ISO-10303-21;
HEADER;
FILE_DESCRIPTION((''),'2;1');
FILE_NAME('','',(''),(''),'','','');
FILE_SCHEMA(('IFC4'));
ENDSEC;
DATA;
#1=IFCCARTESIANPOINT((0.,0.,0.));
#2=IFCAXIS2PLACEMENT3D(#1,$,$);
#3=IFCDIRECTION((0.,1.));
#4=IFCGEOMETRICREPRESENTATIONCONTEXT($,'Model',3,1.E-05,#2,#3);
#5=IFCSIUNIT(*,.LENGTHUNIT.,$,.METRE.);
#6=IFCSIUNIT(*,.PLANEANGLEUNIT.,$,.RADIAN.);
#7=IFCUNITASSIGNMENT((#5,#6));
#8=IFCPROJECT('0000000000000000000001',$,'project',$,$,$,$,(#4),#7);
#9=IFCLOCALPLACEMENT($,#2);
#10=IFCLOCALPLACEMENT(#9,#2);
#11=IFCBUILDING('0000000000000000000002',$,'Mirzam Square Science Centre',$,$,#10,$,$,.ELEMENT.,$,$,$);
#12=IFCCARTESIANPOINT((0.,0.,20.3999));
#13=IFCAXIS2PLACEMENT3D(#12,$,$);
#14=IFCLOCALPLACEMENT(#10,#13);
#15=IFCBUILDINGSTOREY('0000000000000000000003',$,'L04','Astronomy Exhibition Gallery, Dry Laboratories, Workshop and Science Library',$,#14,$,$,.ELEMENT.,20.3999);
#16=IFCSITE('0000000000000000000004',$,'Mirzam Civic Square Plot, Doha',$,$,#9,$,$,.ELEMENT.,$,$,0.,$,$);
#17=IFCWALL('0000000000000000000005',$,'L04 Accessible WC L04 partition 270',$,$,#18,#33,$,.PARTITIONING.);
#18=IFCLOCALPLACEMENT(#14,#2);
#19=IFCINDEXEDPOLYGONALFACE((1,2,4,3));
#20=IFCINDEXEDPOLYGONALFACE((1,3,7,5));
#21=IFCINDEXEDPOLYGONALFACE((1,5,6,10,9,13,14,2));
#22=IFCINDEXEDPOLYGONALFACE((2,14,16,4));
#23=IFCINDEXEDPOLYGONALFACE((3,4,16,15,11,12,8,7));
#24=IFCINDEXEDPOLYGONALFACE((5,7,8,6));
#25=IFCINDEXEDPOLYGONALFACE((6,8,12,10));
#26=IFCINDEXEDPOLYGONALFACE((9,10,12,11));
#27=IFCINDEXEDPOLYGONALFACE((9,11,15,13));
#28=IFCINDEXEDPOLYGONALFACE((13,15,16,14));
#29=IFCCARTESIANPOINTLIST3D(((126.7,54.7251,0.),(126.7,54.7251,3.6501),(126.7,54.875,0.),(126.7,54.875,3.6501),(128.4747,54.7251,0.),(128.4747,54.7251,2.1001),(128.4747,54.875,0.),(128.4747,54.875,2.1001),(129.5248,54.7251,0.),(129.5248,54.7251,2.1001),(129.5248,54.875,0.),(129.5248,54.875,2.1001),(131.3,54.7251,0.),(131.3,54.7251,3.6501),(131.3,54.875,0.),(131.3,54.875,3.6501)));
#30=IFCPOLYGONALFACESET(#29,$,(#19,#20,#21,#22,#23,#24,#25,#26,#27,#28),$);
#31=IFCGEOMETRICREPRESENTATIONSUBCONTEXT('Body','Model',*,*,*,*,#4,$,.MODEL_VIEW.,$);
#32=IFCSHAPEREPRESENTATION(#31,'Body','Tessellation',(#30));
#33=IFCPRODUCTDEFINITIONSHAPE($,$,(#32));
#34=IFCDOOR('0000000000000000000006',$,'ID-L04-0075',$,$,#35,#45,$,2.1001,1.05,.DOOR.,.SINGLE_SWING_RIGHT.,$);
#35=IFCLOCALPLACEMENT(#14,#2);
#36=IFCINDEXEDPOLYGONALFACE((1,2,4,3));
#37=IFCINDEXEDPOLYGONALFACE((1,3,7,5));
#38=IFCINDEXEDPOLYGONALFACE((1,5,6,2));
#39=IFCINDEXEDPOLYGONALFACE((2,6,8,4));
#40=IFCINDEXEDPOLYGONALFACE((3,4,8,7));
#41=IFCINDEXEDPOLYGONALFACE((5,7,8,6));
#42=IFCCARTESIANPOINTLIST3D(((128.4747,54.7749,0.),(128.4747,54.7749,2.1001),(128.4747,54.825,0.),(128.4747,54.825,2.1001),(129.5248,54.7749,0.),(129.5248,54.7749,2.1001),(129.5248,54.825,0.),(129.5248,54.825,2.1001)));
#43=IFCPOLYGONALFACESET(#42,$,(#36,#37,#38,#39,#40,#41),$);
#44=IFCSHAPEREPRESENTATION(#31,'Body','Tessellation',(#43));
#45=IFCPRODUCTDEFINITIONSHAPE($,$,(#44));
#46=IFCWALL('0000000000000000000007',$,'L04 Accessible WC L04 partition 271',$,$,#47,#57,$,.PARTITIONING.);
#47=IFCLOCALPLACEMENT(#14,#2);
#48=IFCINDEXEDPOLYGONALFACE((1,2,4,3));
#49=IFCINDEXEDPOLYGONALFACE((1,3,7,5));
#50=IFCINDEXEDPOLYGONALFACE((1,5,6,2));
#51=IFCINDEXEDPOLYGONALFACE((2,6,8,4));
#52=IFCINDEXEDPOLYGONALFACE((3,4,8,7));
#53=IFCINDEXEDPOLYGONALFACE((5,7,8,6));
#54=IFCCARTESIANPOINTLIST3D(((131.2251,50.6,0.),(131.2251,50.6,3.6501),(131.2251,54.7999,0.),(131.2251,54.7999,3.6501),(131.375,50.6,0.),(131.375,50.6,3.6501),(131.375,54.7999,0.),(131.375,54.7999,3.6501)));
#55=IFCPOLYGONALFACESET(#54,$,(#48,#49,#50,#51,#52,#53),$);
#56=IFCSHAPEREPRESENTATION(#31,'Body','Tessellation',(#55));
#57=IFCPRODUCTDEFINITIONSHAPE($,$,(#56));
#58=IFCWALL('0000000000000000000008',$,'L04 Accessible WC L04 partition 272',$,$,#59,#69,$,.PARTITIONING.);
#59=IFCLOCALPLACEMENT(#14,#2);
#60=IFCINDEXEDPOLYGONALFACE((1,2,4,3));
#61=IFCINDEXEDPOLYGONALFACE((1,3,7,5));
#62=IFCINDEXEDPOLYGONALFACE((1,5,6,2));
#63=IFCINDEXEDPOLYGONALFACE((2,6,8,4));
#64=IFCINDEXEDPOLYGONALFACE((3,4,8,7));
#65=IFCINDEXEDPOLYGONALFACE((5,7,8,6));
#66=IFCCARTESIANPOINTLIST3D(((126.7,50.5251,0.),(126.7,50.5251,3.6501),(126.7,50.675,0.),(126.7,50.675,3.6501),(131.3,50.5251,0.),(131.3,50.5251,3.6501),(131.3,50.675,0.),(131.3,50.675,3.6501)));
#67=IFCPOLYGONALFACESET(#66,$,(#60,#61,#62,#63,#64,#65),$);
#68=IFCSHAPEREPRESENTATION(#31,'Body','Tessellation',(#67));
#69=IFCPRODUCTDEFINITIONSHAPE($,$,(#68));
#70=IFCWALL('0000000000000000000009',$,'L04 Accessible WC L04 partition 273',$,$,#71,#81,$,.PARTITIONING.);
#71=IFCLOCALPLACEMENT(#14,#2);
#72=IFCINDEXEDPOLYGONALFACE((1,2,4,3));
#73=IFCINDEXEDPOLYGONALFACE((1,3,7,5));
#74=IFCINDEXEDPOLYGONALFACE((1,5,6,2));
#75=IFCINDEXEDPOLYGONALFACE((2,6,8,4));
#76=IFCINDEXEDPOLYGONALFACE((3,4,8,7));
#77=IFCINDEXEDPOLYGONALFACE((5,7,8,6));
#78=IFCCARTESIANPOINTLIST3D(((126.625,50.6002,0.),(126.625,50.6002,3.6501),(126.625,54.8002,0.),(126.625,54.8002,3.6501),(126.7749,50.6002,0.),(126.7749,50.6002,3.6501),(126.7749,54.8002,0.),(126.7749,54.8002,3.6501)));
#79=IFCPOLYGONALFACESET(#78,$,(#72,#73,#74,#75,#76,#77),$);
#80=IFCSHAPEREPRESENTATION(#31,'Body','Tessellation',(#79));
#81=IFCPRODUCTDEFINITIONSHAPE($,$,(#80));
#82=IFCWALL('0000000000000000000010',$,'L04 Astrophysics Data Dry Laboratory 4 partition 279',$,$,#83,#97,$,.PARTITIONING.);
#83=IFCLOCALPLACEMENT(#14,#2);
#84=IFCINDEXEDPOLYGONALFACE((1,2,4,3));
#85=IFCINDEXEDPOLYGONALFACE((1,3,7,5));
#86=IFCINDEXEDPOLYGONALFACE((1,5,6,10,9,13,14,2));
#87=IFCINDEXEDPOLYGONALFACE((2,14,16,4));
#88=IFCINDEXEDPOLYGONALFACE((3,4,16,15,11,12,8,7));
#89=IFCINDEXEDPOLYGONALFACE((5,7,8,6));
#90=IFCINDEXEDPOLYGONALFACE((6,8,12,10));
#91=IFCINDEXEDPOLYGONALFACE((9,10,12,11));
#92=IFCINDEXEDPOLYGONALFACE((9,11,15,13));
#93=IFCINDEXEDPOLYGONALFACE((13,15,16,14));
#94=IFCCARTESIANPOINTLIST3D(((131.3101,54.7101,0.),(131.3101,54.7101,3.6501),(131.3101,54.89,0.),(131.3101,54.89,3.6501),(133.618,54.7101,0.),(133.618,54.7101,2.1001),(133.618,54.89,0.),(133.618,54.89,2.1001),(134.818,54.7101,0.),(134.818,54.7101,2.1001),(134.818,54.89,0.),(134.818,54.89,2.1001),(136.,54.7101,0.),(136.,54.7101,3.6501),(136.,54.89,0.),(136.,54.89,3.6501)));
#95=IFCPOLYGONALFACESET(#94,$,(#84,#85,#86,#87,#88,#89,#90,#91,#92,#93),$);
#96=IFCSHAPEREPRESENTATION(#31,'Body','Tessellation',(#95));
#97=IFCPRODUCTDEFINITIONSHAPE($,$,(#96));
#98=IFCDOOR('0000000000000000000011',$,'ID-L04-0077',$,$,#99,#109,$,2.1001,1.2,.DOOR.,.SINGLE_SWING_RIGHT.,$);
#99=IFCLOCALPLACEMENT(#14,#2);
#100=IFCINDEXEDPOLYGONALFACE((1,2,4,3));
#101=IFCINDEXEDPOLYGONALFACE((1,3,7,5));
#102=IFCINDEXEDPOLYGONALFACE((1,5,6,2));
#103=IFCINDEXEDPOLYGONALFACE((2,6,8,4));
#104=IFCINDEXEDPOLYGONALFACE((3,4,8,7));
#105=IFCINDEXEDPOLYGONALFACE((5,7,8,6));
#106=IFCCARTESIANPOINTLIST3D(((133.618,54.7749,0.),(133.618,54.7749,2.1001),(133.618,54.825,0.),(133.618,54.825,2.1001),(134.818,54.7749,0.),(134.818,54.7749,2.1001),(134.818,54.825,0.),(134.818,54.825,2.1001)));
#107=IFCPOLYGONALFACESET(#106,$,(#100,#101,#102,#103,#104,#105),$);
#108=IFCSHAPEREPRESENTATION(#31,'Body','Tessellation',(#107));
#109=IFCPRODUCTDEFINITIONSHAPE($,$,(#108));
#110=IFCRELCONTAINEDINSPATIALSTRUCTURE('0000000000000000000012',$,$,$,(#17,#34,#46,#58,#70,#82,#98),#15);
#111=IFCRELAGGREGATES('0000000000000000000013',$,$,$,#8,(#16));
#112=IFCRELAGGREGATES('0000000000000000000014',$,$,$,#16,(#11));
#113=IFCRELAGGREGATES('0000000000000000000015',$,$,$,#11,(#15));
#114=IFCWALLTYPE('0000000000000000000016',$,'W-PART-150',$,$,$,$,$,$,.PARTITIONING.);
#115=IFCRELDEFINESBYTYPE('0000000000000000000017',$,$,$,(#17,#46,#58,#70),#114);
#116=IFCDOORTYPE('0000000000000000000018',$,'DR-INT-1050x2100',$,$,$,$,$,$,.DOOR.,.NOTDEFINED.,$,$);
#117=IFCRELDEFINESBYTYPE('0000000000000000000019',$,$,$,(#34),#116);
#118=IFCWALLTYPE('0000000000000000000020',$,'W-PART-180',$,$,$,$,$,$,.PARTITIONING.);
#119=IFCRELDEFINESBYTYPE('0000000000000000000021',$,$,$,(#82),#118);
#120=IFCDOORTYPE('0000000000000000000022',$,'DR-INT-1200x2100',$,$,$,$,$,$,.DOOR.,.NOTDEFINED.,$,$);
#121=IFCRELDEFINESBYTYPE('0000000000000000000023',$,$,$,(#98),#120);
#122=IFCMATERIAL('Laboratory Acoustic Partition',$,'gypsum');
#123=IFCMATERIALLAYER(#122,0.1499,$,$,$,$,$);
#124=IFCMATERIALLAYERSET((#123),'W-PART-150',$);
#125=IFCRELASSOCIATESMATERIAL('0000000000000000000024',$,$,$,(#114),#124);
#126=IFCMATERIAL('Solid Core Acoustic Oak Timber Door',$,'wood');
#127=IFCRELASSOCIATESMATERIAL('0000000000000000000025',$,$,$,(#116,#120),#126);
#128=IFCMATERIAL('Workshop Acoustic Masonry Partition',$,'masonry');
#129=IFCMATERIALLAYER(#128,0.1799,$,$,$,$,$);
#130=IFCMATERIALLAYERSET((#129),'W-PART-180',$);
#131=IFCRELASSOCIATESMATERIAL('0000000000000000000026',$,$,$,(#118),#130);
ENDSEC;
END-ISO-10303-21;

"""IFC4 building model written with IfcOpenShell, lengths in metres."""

from ifc_helpers import new_model, si_unit, direction, frame, frame_2d, origin, place, context, subcontext, project, spatial, rectangle, extrude, material, layer, layer_set, type_object, element, fill, save


model = new_model("IFC4")

# Units and contexts
model_context = context("Model", 3, precision=1e-05, world=origin(), true_north=direction((0.0, 1.0)))
body_context = subcontext(model_context, "Body", "Model", "MODEL_VIEW")
ifc_project = project(units=[si_unit("LENGTHUNIT", "METRE"), si_unit("PLANEANGLEUNIT", "RADIAN")], contexts=[model_context])

# Site, building, storey
site_placement = place(None, origin())
site = spatial("IfcSite", under=ifc_project, at=site_placement, Name="Mirzam Civic Square Plot, Doha", CompositionType="ELEMENT", RefElevation=0.0)
building_placement = place(site_placement, origin())
building = spatial("IfcBuilding", under=site, at=building_placement, Name="Mirzam Square Science Centre", CompositionType="ELEMENT")
storey_placement = place(building_placement, frame((0.0, 0.0, 20.3999)))
storey = spatial("IfcBuildingStorey", under=building, at=storey_placement, Name="L04", Description="Astronomy Exhibition Gallery, Dry Laboratories, Workshop and Science Library", CompositionType="ELEMENT", Elevation=20.3999)

# Wall, opening, door
ifc_material_1 = material(Name="Laboratory Acoustic Partition", Category="gypsum")
ifc_layer_1 = layer(ifc_material_1, 0.1499)
ifc_layer_set_1 = layer_set([ifc_layer_1], Name="W-PART-150")
wall_type_1 = type_object("IfcWallType", Name="W-PART-150", PredefinedType="PARTITIONING", material=ifc_layer_set_1)
wall_1_placement = place(storey_placement, frame((126.7, 54.8, 0.0), z_axis=(0.0, 0.0, 1.0), x_axis=(1.0, 0.0, 0.0)))
wall_1 = element("IfcWall", 1, at=wall_1_placement, inside=storey, type_object=wall_type_1, Name="L04 Accessible WC L04 partition 270", PredefinedType="PARTITIONING", context=body_context, shape_type="SweptSolid", body=[
    extrude(rectangle(XDim=4.6001, YDim=0.1499, at=frame_2d((2.3, 0.0))), origin(), (0.0, 0.0, 1.0), 3.6501),
])
opening_1_placement = place(wall_1_placement, frame((1.7749, 0.0, 0.0)))
opening_1 = element("IfcOpeningElement", 2, at=opening_1_placement, cuts=wall_1, PredefinedType="OPENING", context=body_context, shape_type="SweptSolid", body=[
    extrude(rectangle(XDim=1.05, YDim=2.1001, at=frame_2d((0.5249, 1.05))), frame((0.0, 0.085, 0.0), z_axis=(0.0, -1.0, 0.0), x_axis=(1.0, 0.0, 0.0)), (0.0, 0.0, 1.0), 0.1699),
])
ifc_material_2 = material(Name="Solid Core Acoustic Oak Timber Door", Category="wood")
door_type_1 = type_object("IfcDoorType", Name="DR-INT-1050x2100", OperationType="NOTDEFINED", PredefinedType="DOOR", material=ifc_material_2)
door_1_placement = place(opening_1_placement, origin())
door_1 = element("IfcDoor", 3, at=door_1_placement, inside=storey, type_object=door_type_1, Name="ID-L04-0075", OperationType="SINGLE_SWING_RIGHT", OverallHeight=2.1001, OverallWidth=1.05, PredefinedType="DOOR", context=body_context, shape_type="SweptSolid", body=[
    extrude(rectangle(XDim=1.05, YDim=2.1001, at=frame_2d((0.5249, 1.05))), frame((0.0, 0.0249, 0.0), z_axis=(0.0, -1.0, 0.0), x_axis=(1.0, 0.0, 0.0)), (0.0, 0.0, 1.0), 0.05),
])
fill(opening_1, door_1)

# Walls
wall_2_placement = place(storey_placement, frame((131.3, 54.8, 0.0), z_axis=(0.0, 0.0, 1.0), x_axis=(0.0, -1.0, 0.0)))
element("IfcWall", 4, at=wall_2_placement, inside=storey, type_object=wall_type_1, Name="L04 Accessible WC L04 partition 271", PredefinedType="PARTITIONING", context=body_context, shape_type="SweptSolid", body=[
    extrude(rectangle(XDim=4.2, YDim=0.1499, at=frame_2d((2.1001, 0.0))), origin(), (0.0, 0.0, 1.0), 3.6501),
])
wall_3_placement = place(storey_placement, frame((131.3, 50.6001, 0.0), z_axis=(0.0, 0.0, 1.0), x_axis=(-1.0, 0.0, 0.0)))
element("IfcWall", 5, at=wall_3_placement, inside=storey, type_object=wall_type_1, Name="L04 Accessible WC L04 partition 272", PredefinedType="PARTITIONING", context=body_context, shape_type="SweptSolid", body=[
    extrude(rectangle(XDim=4.6001, YDim=0.1499, at=frame_2d((2.3, 0.0))), origin(), (0.0, 0.0, 1.0), 3.6501),
])
wall_4_placement = place(storey_placement, frame((126.7, 50.6001, 0.0), z_axis=(0.0, 0.0, 1.0), x_axis=(0.0, 1.0, 0.0)))
element("IfcWall", 6, at=wall_4_placement, inside=storey, type_object=wall_type_1, Name="L04 Accessible WC L04 partition 273", PredefinedType="PARTITIONING", context=body_context, shape_type="SweptSolid", body=[
    extrude(rectangle(XDim=4.2, YDim=0.1499, at=frame_2d((2.1001, 0.0))), origin(), (0.0, 0.0, 1.0), 3.6501),
])

# Wall, opening, door
ifc_material_3 = material(Name="Workshop Acoustic Masonry Partition", Category="masonry")
ifc_layer_2 = layer(ifc_material_3, 0.1799)
ifc_layer_set_2 = layer_set([ifc_layer_2], Name="W-PART-180")
wall_type_2 = type_object("IfcWallType", Name="W-PART-180", PredefinedType="PARTITIONING", material=ifc_layer_set_2)
wall_5_placement = place(storey_placement, frame((131.3101, 54.8, 0.0), z_axis=(0.0, 0.0, 1.0), x_axis=(1.0, 0.0, 0.0)))
wall_5 = element("IfcWall", 7, at=wall_5_placement, inside=storey, type_object=wall_type_2, Name="L04 Astrophysics Data Dry Laboratory 4 partition 279", PredefinedType="PARTITIONING", context=body_context, shape_type="SweptSolid", body=[
    extrude(rectangle(XDim=4.6899, YDim=0.1799, at=frame_2d((2.345, 0.0))), origin(), (0.0, 0.0, 1.0), 3.6501),
])
opening_2_placement = place(wall_5_placement, frame((2.3079, 0.0, 0.0)))
opening_2 = element("IfcOpeningElement", 8, at=opening_2_placement, cuts=wall_5, PredefinedType="OPENING", context=body_context, shape_type="SweptSolid", body=[
    extrude(rectangle(XDim=1.2, YDim=2.1001, at=frame_2d((0.6001, 1.05))), frame((0.0, 0.0999, 0.0), z_axis=(0.0, -1.0, 0.0), x_axis=(1.0, 0.0, 0.0)), (0.0, 0.0, 1.0), 0.2),
])
door_type_2 = type_object("IfcDoorType", Name="DR-INT-1200x2100", OperationType="NOTDEFINED", PredefinedType="DOOR", material=ifc_material_2)
door_2_placement = place(opening_2_placement, origin())
door_2 = element("IfcDoor", 9, at=door_2_placement, inside=storey, type_object=door_type_2, Name="ID-L04-0077", OperationType="SINGLE_SWING_RIGHT", OverallHeight=2.1001, OverallWidth=1.2, PredefinedType="DOOR", context=body_context, shape_type="SweptSolid", body=[
    extrude(rectangle(XDim=1.2, YDim=2.1001, at=frame_2d((0.6001, 1.05))), frame((0.0, 0.0249, 0.0), z_axis=(0.0, -1.0, 0.0), x_axis=(1.0, 0.0, 0.0)), (0.0, 0.0, 1.0), 0.05),
])
fill(opening_2, door_2)

save(model, "model.ifc")
